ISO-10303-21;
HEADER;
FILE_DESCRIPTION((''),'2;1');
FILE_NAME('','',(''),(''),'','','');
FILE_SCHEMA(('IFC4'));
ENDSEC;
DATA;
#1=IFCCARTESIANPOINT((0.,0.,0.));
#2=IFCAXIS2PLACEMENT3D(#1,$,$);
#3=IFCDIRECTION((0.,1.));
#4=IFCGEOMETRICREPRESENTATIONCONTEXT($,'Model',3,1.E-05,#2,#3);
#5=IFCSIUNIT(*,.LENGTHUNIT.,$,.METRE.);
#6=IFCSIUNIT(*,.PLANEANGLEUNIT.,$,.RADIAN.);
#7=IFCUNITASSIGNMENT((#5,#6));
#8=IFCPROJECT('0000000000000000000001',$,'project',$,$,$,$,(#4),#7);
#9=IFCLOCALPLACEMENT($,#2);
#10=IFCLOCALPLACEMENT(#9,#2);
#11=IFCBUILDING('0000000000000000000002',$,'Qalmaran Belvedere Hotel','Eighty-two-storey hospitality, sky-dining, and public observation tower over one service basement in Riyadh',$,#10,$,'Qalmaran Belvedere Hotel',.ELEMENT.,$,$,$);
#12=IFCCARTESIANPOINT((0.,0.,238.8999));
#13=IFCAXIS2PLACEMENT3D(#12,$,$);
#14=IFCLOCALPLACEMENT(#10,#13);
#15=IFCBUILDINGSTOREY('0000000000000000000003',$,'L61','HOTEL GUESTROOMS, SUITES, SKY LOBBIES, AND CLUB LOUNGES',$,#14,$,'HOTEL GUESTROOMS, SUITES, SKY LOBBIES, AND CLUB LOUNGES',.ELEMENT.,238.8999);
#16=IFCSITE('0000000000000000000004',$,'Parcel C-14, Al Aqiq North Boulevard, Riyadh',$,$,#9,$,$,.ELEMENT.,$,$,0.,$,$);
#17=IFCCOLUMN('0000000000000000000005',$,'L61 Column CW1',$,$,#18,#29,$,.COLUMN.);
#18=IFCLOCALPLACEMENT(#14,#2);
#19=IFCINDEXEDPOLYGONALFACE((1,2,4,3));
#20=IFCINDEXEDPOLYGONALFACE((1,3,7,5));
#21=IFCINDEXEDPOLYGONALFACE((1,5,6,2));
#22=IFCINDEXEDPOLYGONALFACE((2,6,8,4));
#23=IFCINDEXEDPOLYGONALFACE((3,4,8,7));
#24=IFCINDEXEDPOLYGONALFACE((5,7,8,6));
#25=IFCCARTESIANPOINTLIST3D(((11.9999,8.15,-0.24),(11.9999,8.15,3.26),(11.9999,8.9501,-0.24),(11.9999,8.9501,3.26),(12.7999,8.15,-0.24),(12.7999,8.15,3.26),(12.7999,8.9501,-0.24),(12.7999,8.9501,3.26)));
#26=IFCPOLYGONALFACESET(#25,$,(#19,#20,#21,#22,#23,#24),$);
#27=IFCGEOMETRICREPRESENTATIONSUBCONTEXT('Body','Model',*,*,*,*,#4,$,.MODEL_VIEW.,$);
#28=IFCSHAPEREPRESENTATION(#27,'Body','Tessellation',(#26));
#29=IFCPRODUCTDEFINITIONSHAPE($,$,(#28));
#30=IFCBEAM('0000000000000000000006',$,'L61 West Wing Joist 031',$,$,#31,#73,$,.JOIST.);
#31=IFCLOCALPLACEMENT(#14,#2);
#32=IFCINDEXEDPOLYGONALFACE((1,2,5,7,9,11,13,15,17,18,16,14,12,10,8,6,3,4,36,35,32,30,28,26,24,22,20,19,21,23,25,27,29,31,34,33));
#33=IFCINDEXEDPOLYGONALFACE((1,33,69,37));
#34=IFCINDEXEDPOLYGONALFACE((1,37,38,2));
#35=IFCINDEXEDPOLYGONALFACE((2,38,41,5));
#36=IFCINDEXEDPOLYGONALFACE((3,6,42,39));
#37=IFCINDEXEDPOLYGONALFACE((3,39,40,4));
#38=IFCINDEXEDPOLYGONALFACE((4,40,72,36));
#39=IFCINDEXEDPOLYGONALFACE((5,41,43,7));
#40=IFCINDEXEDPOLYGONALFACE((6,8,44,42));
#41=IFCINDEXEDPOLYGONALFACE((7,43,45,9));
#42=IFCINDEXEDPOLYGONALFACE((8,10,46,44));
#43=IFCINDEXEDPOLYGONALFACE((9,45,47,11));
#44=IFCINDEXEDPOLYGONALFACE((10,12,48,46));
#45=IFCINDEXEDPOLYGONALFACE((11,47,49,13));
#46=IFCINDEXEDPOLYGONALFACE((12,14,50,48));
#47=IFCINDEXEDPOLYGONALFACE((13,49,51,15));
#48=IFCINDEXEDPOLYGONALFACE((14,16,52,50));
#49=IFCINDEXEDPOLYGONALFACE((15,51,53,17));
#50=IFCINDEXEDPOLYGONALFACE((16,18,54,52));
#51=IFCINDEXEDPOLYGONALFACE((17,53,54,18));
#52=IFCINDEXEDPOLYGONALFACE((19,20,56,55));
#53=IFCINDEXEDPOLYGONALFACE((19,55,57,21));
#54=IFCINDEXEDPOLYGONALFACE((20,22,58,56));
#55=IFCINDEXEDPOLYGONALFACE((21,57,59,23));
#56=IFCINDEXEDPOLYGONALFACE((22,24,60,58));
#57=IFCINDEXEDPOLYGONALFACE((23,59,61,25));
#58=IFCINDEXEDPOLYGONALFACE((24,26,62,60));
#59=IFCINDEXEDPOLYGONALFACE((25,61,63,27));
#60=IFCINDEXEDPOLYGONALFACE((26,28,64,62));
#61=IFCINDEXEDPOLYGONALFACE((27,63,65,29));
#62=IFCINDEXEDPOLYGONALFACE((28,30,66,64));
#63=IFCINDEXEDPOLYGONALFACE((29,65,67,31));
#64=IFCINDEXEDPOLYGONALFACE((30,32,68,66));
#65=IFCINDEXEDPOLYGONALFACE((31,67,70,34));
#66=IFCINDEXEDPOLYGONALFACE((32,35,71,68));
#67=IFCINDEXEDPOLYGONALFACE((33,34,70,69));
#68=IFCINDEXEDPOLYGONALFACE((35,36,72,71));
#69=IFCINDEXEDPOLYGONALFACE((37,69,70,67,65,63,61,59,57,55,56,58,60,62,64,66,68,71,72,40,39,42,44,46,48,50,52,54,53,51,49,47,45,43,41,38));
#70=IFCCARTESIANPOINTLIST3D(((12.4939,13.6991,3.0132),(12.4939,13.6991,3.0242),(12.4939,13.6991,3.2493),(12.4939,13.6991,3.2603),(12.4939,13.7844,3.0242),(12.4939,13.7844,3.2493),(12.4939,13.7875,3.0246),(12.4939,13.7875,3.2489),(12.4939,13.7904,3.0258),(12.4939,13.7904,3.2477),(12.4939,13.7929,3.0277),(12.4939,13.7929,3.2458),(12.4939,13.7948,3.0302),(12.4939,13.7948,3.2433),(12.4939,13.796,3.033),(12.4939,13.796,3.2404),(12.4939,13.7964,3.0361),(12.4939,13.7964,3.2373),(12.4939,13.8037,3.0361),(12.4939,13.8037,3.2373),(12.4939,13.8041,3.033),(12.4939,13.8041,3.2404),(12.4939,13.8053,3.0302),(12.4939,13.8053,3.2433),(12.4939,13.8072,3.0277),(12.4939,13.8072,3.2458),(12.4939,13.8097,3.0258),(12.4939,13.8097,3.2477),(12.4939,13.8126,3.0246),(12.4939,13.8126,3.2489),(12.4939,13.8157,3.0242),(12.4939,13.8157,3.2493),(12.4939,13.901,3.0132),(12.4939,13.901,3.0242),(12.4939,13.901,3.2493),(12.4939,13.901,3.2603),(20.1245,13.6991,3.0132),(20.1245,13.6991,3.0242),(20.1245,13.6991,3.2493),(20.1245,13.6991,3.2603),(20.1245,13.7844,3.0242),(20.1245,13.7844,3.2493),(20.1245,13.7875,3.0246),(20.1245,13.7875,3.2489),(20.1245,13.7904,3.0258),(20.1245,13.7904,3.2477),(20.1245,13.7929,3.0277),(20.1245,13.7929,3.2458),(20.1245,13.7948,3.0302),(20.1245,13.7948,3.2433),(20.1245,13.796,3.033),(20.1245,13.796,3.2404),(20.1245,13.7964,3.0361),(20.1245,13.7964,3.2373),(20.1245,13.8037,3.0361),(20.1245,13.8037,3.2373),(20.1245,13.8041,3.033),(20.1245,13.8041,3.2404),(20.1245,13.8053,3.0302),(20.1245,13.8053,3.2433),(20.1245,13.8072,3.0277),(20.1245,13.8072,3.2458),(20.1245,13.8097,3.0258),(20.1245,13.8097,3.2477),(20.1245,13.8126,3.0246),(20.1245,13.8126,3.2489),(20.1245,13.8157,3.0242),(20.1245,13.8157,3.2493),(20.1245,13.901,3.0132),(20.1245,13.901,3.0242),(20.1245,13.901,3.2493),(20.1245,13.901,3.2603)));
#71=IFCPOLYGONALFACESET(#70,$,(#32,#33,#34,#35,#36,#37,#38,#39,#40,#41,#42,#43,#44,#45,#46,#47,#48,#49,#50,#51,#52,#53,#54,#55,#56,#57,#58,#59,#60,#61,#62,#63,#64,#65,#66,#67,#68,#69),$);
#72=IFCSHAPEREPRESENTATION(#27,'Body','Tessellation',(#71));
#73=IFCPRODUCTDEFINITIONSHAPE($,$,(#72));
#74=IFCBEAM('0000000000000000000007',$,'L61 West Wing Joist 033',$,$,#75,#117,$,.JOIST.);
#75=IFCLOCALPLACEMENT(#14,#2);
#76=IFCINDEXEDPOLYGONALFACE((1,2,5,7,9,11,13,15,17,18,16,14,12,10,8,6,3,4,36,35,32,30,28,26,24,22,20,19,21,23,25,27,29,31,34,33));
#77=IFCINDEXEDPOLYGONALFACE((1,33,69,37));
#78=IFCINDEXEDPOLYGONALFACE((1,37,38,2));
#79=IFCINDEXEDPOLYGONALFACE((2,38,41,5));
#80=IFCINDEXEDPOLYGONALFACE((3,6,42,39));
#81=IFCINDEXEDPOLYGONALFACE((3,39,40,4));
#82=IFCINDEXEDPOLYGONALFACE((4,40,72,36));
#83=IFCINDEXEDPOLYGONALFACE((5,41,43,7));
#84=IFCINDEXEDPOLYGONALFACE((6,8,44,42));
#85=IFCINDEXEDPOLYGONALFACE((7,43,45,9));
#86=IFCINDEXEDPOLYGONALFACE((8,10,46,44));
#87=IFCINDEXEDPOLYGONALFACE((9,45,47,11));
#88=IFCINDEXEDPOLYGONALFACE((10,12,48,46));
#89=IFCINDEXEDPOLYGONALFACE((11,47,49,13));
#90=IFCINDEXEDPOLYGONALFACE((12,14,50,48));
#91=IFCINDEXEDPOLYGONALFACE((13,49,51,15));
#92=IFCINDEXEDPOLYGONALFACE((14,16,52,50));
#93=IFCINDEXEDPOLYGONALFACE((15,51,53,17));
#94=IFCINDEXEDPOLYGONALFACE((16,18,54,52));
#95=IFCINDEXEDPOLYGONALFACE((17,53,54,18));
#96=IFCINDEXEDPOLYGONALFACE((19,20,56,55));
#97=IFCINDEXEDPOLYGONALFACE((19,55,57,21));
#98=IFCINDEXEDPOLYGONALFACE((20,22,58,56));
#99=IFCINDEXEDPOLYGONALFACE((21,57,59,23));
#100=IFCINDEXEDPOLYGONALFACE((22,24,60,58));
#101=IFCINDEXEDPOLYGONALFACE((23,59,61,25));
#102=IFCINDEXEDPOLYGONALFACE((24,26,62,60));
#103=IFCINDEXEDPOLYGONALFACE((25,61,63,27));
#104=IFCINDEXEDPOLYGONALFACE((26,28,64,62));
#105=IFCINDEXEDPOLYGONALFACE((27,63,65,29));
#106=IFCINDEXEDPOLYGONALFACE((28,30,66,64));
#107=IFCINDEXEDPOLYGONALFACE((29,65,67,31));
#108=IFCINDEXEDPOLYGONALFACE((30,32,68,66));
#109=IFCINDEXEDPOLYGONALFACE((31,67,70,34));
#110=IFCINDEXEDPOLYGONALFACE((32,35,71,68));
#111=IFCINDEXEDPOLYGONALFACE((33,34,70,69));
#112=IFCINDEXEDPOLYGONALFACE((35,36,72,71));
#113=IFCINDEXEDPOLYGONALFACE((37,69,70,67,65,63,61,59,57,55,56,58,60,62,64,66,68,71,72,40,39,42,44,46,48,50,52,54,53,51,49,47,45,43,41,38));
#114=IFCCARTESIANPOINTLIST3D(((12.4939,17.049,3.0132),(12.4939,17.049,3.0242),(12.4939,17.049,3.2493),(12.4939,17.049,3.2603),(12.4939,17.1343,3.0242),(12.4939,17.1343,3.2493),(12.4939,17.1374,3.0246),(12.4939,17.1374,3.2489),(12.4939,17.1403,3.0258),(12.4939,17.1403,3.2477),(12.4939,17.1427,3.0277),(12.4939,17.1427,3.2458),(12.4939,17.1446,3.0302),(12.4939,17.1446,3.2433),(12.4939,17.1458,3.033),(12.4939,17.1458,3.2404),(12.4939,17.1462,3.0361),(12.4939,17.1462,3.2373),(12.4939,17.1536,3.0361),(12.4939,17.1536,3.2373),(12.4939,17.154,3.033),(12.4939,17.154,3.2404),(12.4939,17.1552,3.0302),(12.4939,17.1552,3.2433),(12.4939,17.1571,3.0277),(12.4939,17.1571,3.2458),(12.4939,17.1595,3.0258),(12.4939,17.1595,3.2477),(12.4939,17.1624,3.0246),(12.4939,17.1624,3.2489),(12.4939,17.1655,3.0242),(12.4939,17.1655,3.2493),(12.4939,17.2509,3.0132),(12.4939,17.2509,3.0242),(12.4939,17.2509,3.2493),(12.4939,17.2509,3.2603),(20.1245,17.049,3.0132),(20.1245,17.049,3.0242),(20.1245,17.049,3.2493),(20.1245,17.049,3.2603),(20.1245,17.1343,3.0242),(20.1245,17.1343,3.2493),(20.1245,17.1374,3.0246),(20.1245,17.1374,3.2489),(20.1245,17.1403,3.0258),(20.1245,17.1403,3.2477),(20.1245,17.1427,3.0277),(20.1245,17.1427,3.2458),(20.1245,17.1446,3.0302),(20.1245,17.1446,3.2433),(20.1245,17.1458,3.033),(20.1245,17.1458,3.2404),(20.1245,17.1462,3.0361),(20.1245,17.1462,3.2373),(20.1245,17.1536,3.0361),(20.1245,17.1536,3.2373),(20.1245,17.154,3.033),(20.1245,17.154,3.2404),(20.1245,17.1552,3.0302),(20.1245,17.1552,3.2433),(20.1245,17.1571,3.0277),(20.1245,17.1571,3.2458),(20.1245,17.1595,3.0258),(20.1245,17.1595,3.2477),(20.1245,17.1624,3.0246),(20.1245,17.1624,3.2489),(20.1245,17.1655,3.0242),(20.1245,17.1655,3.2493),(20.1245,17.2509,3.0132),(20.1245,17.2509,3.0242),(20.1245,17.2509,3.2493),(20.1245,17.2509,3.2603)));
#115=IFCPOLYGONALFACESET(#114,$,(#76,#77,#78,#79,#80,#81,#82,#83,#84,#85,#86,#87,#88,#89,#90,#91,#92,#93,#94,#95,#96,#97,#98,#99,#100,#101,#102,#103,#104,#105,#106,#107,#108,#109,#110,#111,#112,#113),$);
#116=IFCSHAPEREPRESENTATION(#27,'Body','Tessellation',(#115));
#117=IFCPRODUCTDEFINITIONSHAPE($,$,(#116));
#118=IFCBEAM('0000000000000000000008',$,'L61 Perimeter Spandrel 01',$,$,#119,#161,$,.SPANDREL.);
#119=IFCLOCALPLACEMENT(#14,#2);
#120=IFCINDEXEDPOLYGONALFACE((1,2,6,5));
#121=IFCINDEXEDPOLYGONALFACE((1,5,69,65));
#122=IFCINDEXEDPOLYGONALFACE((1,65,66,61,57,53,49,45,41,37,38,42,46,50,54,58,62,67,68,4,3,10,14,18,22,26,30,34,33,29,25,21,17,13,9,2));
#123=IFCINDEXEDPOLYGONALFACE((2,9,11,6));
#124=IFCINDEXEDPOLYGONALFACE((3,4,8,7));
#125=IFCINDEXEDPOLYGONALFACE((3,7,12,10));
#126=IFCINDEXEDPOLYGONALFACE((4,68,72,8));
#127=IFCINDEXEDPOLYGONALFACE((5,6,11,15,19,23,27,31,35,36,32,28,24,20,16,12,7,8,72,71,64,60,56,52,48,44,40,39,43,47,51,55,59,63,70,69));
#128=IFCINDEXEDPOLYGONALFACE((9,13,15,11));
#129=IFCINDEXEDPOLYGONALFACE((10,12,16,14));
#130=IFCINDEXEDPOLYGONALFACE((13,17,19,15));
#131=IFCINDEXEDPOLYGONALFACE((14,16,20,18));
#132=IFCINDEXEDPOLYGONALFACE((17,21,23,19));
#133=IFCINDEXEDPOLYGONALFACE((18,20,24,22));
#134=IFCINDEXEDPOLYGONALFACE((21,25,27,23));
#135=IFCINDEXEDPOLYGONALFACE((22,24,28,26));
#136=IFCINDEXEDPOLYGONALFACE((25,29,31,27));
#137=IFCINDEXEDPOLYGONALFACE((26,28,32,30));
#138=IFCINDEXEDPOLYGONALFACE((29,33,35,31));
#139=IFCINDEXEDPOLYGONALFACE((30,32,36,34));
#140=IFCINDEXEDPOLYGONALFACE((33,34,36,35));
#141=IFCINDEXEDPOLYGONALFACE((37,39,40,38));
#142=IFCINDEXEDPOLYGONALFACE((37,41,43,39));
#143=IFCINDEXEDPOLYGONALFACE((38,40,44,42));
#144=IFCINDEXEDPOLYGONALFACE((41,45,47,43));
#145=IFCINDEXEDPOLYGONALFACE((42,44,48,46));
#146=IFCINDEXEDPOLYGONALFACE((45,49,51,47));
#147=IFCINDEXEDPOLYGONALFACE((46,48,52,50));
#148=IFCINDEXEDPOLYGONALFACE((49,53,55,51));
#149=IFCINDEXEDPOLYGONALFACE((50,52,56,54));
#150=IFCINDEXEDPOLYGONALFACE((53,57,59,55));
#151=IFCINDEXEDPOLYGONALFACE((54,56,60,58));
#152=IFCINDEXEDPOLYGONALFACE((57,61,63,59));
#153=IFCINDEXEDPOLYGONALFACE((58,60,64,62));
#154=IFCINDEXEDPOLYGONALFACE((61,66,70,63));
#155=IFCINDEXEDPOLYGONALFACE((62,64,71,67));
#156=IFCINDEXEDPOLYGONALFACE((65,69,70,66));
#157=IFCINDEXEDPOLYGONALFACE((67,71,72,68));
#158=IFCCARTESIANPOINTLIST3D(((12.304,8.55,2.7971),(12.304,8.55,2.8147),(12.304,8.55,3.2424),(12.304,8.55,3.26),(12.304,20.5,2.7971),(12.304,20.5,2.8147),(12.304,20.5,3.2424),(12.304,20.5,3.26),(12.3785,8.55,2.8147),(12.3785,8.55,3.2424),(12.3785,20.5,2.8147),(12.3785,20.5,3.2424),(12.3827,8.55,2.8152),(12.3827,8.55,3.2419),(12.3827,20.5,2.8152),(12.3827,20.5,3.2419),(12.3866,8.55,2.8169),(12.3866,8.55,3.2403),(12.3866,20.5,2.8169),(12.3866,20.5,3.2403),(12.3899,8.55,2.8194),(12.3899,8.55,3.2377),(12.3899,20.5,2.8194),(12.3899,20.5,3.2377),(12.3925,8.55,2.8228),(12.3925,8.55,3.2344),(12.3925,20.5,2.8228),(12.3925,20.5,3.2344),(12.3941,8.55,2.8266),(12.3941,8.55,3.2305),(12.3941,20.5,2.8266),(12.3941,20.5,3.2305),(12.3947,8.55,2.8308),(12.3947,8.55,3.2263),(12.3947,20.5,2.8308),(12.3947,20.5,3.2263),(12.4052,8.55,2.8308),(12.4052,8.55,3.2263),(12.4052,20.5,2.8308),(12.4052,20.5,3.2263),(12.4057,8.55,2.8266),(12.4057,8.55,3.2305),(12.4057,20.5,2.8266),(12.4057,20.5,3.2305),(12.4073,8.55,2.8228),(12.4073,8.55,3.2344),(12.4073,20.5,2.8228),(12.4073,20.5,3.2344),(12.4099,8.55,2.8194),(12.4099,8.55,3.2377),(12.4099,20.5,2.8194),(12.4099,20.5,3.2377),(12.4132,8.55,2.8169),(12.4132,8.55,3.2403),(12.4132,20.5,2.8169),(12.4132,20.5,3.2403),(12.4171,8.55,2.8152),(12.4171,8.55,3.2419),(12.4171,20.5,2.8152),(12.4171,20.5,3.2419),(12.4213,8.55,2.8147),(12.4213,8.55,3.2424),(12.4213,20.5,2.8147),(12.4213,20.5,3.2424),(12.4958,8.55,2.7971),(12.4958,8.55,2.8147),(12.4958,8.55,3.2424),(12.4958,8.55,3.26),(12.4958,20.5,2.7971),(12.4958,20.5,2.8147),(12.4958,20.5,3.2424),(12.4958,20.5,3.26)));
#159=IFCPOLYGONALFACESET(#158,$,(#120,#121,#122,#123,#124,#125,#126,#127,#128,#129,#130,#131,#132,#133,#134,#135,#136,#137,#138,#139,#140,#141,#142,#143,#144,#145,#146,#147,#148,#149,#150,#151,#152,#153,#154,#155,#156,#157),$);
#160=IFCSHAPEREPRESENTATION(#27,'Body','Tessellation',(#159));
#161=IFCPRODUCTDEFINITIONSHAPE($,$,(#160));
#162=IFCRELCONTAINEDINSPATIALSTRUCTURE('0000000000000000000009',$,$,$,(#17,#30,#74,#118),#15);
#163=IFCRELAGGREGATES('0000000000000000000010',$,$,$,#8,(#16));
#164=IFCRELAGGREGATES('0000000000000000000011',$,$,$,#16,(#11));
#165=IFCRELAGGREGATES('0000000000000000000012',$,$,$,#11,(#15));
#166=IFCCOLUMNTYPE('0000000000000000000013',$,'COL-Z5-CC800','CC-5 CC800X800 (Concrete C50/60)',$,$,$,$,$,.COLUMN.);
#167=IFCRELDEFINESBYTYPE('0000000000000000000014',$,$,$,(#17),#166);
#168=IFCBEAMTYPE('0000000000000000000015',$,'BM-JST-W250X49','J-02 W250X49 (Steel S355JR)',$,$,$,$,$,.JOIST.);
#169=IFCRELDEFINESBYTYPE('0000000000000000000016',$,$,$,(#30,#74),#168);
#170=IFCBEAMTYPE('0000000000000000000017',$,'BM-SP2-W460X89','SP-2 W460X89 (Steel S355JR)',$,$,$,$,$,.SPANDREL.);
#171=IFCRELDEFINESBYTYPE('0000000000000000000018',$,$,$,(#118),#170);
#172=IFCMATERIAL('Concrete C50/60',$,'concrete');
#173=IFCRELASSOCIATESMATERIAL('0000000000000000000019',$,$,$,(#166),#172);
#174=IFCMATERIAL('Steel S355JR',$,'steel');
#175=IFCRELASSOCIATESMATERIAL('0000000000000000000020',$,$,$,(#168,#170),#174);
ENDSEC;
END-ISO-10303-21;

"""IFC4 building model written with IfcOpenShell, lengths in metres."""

from ifc_helpers import new_model, si_unit, direction, frame, origin, origin_2d, place, context, subcontext, project, spatial, rectangle, i_section, extrude, material, material_profile, profile_set, type_object, element, save


model = new_model("IFC4")

# Units and contexts
model_context = context("Model", 3, precision=1e-05, world=origin(), true_north=direction((0.0, 1.0)))
body_context = subcontext(model_context, "Body", "Model", "MODEL_VIEW")
ifc_project = project(units=[si_unit("LENGTHUNIT", "METRE"), si_unit("PLANEANGLEUNIT", "RADIAN")], contexts=[model_context])

# Site, building, storey
site_placement = place(None, origin())
site = spatial("IfcSite", under=ifc_project, at=site_placement, Name="Parcel C-14, Al Aqiq North Boulevard, Riyadh", CompositionType="ELEMENT", RefElevation=0.0)
building_placement = place(site_placement, origin())
building = spatial("IfcBuilding", under=site, at=building_placement, Name="Qalmaran Belvedere Hotel", Description="Eighty-two-storey hospitality, sky-dining, and public observation tower over one service basement in Riyadh", LongName="Qalmaran Belvedere Hotel", CompositionType="ELEMENT")
storey_placement = place(building_placement, frame((0.0, 0.0, 238.8999)))
storey = spatial("IfcBuildingStorey", under=building, at=storey_placement, Name="L61", Description="HOTEL GUESTROOMS, SUITES, SKY LOBBIES, AND CLUB LOUNGES", LongName="HOTEL GUESTROOMS, SUITES, SKY LOBBIES, AND CLUB LOUNGES", CompositionType="ELEMENT", Elevation=238.8999)

# Column
ifc_material_1 = material(Name="Concrete C50/60", Category="concrete")
ifc_material_profile_1 = material_profile(ifc_material_1, rectangle(XDim=0.8, YDim=0.8, at=origin_2d()), Name="CC800X800")
ifc_profile_set_1 = profile_set([ifc_material_profile_1], Name="Concrete C50/60")
column_type = type_object("IfcColumnType", Name="COL-Z5-CC800", Description="CC-5 CC800X800 (Concrete C50/60)", PredefinedType="COLUMN", material=ifc_profile_set_1)
column_placement = place(storey_placement, frame((12.3999, 8.55, -0.24), z_axis=(0.0, 0.0, 1.0), x_axis=(1.0, 0.0, 0.0)))
element("IfcColumn", 1, at=column_placement, inside=storey, type_object=column_type, Name="L61 Column CW1", PredefinedType="COLUMN", context=body_context, shape_type="SweptSolid", body=[
    extrude(rectangle(XDim=0.8, YDim=0.8, at=origin_2d()), origin(), (0.0, 0.0, 1.0), 3.5),
])

# Beams
ifc_material_2 = material(Name="Steel S355JR", Category="steel")
ifc_material_profile_2 = material_profile(ifc_material_2, i_section(OverallWidth=0.2019, OverallDepth=0.2471, WebThickness=0.0073, FlangeThickness=0.011, FilletRadius=0.012, at=origin_2d()), Name="W250X49")
ifc_profile_set_2 = profile_set([ifc_material_profile_2], Name="Steel S355JR")
beam_type_1 = type_object("IfcBeamType", Name="BM-JST-W250X49", Description="J-02 W250X49 (Steel S355JR)", PredefinedType="JOIST", material=ifc_profile_set_2)
for number, where, z_axis, x_axis, name in (
    (2, (12.4939, 13.8, 3.1367), (1.0, 0.0, 0.0), (0.0, 1.0, 0.0), "L61 West Wing Joist 031"),
    (3, (12.4939, 17.1499, 3.1367), (1.0, 0.0, 0.0), (0.0, 1.0, 0.0), "L61 West Wing Joist 033"),
):
    element("IfcBeam", number, at=place(storey_placement, frame(where, z_axis=z_axis, x_axis=x_axis)), inside=storey, type_object=beam_type_1, Name=name, PredefinedType="JOIST", context=body_context, shape_type="SweptSolid", body=[
        extrude(i_section(OverallWidth=0.2019, OverallDepth=0.2471, WebThickness=0.0073, FlangeThickness=0.011, FilletRadius=0.012, at=origin_2d()), origin(), (0.0, 0.0, 1.0), 7.6306),
    ])
ifc_material_profile_3 = material_profile(ifc_material_2, i_section(OverallWidth=0.1919, OverallDepth=0.4629, WebThickness=0.0105, FlangeThickness=0.0176, FilletRadius=0.0161, at=origin_2d()), Name="W460X89")
ifc_profile_set_3 = profile_set([ifc_material_profile_3], Name="Steel S355JR")
beam_type_2 = type_object("IfcBeamType", Name="BM-SP2-W460X89", Description="SP-2 W460X89 (Steel S355JR)", PredefinedType="SPANDREL", material=ifc_profile_set_3)
beam_1_placement = place(storey_placement, frame((12.3999, 8.55, 3.0286), z_axis=(0.0, 1.0, 0.0), x_axis=(-1.0, 0.0, 0.0)))
element("IfcBeam", 4, at=beam_1_placement, inside=storey, type_object=beam_type_2, Name="L61 Perimeter Spandrel 01", PredefinedType="SPANDREL", context=body_context, shape_type="SweptSolid", body=[
    extrude(i_section(OverallWidth=0.1919, OverallDepth=0.4629, WebThickness=0.0105, FlangeThickness=0.0176, FilletRadius=0.0161, at=origin_2d()), origin(), (0.0, 0.0, 1.0), 11.95),
])

save(model, "model.ifc")
